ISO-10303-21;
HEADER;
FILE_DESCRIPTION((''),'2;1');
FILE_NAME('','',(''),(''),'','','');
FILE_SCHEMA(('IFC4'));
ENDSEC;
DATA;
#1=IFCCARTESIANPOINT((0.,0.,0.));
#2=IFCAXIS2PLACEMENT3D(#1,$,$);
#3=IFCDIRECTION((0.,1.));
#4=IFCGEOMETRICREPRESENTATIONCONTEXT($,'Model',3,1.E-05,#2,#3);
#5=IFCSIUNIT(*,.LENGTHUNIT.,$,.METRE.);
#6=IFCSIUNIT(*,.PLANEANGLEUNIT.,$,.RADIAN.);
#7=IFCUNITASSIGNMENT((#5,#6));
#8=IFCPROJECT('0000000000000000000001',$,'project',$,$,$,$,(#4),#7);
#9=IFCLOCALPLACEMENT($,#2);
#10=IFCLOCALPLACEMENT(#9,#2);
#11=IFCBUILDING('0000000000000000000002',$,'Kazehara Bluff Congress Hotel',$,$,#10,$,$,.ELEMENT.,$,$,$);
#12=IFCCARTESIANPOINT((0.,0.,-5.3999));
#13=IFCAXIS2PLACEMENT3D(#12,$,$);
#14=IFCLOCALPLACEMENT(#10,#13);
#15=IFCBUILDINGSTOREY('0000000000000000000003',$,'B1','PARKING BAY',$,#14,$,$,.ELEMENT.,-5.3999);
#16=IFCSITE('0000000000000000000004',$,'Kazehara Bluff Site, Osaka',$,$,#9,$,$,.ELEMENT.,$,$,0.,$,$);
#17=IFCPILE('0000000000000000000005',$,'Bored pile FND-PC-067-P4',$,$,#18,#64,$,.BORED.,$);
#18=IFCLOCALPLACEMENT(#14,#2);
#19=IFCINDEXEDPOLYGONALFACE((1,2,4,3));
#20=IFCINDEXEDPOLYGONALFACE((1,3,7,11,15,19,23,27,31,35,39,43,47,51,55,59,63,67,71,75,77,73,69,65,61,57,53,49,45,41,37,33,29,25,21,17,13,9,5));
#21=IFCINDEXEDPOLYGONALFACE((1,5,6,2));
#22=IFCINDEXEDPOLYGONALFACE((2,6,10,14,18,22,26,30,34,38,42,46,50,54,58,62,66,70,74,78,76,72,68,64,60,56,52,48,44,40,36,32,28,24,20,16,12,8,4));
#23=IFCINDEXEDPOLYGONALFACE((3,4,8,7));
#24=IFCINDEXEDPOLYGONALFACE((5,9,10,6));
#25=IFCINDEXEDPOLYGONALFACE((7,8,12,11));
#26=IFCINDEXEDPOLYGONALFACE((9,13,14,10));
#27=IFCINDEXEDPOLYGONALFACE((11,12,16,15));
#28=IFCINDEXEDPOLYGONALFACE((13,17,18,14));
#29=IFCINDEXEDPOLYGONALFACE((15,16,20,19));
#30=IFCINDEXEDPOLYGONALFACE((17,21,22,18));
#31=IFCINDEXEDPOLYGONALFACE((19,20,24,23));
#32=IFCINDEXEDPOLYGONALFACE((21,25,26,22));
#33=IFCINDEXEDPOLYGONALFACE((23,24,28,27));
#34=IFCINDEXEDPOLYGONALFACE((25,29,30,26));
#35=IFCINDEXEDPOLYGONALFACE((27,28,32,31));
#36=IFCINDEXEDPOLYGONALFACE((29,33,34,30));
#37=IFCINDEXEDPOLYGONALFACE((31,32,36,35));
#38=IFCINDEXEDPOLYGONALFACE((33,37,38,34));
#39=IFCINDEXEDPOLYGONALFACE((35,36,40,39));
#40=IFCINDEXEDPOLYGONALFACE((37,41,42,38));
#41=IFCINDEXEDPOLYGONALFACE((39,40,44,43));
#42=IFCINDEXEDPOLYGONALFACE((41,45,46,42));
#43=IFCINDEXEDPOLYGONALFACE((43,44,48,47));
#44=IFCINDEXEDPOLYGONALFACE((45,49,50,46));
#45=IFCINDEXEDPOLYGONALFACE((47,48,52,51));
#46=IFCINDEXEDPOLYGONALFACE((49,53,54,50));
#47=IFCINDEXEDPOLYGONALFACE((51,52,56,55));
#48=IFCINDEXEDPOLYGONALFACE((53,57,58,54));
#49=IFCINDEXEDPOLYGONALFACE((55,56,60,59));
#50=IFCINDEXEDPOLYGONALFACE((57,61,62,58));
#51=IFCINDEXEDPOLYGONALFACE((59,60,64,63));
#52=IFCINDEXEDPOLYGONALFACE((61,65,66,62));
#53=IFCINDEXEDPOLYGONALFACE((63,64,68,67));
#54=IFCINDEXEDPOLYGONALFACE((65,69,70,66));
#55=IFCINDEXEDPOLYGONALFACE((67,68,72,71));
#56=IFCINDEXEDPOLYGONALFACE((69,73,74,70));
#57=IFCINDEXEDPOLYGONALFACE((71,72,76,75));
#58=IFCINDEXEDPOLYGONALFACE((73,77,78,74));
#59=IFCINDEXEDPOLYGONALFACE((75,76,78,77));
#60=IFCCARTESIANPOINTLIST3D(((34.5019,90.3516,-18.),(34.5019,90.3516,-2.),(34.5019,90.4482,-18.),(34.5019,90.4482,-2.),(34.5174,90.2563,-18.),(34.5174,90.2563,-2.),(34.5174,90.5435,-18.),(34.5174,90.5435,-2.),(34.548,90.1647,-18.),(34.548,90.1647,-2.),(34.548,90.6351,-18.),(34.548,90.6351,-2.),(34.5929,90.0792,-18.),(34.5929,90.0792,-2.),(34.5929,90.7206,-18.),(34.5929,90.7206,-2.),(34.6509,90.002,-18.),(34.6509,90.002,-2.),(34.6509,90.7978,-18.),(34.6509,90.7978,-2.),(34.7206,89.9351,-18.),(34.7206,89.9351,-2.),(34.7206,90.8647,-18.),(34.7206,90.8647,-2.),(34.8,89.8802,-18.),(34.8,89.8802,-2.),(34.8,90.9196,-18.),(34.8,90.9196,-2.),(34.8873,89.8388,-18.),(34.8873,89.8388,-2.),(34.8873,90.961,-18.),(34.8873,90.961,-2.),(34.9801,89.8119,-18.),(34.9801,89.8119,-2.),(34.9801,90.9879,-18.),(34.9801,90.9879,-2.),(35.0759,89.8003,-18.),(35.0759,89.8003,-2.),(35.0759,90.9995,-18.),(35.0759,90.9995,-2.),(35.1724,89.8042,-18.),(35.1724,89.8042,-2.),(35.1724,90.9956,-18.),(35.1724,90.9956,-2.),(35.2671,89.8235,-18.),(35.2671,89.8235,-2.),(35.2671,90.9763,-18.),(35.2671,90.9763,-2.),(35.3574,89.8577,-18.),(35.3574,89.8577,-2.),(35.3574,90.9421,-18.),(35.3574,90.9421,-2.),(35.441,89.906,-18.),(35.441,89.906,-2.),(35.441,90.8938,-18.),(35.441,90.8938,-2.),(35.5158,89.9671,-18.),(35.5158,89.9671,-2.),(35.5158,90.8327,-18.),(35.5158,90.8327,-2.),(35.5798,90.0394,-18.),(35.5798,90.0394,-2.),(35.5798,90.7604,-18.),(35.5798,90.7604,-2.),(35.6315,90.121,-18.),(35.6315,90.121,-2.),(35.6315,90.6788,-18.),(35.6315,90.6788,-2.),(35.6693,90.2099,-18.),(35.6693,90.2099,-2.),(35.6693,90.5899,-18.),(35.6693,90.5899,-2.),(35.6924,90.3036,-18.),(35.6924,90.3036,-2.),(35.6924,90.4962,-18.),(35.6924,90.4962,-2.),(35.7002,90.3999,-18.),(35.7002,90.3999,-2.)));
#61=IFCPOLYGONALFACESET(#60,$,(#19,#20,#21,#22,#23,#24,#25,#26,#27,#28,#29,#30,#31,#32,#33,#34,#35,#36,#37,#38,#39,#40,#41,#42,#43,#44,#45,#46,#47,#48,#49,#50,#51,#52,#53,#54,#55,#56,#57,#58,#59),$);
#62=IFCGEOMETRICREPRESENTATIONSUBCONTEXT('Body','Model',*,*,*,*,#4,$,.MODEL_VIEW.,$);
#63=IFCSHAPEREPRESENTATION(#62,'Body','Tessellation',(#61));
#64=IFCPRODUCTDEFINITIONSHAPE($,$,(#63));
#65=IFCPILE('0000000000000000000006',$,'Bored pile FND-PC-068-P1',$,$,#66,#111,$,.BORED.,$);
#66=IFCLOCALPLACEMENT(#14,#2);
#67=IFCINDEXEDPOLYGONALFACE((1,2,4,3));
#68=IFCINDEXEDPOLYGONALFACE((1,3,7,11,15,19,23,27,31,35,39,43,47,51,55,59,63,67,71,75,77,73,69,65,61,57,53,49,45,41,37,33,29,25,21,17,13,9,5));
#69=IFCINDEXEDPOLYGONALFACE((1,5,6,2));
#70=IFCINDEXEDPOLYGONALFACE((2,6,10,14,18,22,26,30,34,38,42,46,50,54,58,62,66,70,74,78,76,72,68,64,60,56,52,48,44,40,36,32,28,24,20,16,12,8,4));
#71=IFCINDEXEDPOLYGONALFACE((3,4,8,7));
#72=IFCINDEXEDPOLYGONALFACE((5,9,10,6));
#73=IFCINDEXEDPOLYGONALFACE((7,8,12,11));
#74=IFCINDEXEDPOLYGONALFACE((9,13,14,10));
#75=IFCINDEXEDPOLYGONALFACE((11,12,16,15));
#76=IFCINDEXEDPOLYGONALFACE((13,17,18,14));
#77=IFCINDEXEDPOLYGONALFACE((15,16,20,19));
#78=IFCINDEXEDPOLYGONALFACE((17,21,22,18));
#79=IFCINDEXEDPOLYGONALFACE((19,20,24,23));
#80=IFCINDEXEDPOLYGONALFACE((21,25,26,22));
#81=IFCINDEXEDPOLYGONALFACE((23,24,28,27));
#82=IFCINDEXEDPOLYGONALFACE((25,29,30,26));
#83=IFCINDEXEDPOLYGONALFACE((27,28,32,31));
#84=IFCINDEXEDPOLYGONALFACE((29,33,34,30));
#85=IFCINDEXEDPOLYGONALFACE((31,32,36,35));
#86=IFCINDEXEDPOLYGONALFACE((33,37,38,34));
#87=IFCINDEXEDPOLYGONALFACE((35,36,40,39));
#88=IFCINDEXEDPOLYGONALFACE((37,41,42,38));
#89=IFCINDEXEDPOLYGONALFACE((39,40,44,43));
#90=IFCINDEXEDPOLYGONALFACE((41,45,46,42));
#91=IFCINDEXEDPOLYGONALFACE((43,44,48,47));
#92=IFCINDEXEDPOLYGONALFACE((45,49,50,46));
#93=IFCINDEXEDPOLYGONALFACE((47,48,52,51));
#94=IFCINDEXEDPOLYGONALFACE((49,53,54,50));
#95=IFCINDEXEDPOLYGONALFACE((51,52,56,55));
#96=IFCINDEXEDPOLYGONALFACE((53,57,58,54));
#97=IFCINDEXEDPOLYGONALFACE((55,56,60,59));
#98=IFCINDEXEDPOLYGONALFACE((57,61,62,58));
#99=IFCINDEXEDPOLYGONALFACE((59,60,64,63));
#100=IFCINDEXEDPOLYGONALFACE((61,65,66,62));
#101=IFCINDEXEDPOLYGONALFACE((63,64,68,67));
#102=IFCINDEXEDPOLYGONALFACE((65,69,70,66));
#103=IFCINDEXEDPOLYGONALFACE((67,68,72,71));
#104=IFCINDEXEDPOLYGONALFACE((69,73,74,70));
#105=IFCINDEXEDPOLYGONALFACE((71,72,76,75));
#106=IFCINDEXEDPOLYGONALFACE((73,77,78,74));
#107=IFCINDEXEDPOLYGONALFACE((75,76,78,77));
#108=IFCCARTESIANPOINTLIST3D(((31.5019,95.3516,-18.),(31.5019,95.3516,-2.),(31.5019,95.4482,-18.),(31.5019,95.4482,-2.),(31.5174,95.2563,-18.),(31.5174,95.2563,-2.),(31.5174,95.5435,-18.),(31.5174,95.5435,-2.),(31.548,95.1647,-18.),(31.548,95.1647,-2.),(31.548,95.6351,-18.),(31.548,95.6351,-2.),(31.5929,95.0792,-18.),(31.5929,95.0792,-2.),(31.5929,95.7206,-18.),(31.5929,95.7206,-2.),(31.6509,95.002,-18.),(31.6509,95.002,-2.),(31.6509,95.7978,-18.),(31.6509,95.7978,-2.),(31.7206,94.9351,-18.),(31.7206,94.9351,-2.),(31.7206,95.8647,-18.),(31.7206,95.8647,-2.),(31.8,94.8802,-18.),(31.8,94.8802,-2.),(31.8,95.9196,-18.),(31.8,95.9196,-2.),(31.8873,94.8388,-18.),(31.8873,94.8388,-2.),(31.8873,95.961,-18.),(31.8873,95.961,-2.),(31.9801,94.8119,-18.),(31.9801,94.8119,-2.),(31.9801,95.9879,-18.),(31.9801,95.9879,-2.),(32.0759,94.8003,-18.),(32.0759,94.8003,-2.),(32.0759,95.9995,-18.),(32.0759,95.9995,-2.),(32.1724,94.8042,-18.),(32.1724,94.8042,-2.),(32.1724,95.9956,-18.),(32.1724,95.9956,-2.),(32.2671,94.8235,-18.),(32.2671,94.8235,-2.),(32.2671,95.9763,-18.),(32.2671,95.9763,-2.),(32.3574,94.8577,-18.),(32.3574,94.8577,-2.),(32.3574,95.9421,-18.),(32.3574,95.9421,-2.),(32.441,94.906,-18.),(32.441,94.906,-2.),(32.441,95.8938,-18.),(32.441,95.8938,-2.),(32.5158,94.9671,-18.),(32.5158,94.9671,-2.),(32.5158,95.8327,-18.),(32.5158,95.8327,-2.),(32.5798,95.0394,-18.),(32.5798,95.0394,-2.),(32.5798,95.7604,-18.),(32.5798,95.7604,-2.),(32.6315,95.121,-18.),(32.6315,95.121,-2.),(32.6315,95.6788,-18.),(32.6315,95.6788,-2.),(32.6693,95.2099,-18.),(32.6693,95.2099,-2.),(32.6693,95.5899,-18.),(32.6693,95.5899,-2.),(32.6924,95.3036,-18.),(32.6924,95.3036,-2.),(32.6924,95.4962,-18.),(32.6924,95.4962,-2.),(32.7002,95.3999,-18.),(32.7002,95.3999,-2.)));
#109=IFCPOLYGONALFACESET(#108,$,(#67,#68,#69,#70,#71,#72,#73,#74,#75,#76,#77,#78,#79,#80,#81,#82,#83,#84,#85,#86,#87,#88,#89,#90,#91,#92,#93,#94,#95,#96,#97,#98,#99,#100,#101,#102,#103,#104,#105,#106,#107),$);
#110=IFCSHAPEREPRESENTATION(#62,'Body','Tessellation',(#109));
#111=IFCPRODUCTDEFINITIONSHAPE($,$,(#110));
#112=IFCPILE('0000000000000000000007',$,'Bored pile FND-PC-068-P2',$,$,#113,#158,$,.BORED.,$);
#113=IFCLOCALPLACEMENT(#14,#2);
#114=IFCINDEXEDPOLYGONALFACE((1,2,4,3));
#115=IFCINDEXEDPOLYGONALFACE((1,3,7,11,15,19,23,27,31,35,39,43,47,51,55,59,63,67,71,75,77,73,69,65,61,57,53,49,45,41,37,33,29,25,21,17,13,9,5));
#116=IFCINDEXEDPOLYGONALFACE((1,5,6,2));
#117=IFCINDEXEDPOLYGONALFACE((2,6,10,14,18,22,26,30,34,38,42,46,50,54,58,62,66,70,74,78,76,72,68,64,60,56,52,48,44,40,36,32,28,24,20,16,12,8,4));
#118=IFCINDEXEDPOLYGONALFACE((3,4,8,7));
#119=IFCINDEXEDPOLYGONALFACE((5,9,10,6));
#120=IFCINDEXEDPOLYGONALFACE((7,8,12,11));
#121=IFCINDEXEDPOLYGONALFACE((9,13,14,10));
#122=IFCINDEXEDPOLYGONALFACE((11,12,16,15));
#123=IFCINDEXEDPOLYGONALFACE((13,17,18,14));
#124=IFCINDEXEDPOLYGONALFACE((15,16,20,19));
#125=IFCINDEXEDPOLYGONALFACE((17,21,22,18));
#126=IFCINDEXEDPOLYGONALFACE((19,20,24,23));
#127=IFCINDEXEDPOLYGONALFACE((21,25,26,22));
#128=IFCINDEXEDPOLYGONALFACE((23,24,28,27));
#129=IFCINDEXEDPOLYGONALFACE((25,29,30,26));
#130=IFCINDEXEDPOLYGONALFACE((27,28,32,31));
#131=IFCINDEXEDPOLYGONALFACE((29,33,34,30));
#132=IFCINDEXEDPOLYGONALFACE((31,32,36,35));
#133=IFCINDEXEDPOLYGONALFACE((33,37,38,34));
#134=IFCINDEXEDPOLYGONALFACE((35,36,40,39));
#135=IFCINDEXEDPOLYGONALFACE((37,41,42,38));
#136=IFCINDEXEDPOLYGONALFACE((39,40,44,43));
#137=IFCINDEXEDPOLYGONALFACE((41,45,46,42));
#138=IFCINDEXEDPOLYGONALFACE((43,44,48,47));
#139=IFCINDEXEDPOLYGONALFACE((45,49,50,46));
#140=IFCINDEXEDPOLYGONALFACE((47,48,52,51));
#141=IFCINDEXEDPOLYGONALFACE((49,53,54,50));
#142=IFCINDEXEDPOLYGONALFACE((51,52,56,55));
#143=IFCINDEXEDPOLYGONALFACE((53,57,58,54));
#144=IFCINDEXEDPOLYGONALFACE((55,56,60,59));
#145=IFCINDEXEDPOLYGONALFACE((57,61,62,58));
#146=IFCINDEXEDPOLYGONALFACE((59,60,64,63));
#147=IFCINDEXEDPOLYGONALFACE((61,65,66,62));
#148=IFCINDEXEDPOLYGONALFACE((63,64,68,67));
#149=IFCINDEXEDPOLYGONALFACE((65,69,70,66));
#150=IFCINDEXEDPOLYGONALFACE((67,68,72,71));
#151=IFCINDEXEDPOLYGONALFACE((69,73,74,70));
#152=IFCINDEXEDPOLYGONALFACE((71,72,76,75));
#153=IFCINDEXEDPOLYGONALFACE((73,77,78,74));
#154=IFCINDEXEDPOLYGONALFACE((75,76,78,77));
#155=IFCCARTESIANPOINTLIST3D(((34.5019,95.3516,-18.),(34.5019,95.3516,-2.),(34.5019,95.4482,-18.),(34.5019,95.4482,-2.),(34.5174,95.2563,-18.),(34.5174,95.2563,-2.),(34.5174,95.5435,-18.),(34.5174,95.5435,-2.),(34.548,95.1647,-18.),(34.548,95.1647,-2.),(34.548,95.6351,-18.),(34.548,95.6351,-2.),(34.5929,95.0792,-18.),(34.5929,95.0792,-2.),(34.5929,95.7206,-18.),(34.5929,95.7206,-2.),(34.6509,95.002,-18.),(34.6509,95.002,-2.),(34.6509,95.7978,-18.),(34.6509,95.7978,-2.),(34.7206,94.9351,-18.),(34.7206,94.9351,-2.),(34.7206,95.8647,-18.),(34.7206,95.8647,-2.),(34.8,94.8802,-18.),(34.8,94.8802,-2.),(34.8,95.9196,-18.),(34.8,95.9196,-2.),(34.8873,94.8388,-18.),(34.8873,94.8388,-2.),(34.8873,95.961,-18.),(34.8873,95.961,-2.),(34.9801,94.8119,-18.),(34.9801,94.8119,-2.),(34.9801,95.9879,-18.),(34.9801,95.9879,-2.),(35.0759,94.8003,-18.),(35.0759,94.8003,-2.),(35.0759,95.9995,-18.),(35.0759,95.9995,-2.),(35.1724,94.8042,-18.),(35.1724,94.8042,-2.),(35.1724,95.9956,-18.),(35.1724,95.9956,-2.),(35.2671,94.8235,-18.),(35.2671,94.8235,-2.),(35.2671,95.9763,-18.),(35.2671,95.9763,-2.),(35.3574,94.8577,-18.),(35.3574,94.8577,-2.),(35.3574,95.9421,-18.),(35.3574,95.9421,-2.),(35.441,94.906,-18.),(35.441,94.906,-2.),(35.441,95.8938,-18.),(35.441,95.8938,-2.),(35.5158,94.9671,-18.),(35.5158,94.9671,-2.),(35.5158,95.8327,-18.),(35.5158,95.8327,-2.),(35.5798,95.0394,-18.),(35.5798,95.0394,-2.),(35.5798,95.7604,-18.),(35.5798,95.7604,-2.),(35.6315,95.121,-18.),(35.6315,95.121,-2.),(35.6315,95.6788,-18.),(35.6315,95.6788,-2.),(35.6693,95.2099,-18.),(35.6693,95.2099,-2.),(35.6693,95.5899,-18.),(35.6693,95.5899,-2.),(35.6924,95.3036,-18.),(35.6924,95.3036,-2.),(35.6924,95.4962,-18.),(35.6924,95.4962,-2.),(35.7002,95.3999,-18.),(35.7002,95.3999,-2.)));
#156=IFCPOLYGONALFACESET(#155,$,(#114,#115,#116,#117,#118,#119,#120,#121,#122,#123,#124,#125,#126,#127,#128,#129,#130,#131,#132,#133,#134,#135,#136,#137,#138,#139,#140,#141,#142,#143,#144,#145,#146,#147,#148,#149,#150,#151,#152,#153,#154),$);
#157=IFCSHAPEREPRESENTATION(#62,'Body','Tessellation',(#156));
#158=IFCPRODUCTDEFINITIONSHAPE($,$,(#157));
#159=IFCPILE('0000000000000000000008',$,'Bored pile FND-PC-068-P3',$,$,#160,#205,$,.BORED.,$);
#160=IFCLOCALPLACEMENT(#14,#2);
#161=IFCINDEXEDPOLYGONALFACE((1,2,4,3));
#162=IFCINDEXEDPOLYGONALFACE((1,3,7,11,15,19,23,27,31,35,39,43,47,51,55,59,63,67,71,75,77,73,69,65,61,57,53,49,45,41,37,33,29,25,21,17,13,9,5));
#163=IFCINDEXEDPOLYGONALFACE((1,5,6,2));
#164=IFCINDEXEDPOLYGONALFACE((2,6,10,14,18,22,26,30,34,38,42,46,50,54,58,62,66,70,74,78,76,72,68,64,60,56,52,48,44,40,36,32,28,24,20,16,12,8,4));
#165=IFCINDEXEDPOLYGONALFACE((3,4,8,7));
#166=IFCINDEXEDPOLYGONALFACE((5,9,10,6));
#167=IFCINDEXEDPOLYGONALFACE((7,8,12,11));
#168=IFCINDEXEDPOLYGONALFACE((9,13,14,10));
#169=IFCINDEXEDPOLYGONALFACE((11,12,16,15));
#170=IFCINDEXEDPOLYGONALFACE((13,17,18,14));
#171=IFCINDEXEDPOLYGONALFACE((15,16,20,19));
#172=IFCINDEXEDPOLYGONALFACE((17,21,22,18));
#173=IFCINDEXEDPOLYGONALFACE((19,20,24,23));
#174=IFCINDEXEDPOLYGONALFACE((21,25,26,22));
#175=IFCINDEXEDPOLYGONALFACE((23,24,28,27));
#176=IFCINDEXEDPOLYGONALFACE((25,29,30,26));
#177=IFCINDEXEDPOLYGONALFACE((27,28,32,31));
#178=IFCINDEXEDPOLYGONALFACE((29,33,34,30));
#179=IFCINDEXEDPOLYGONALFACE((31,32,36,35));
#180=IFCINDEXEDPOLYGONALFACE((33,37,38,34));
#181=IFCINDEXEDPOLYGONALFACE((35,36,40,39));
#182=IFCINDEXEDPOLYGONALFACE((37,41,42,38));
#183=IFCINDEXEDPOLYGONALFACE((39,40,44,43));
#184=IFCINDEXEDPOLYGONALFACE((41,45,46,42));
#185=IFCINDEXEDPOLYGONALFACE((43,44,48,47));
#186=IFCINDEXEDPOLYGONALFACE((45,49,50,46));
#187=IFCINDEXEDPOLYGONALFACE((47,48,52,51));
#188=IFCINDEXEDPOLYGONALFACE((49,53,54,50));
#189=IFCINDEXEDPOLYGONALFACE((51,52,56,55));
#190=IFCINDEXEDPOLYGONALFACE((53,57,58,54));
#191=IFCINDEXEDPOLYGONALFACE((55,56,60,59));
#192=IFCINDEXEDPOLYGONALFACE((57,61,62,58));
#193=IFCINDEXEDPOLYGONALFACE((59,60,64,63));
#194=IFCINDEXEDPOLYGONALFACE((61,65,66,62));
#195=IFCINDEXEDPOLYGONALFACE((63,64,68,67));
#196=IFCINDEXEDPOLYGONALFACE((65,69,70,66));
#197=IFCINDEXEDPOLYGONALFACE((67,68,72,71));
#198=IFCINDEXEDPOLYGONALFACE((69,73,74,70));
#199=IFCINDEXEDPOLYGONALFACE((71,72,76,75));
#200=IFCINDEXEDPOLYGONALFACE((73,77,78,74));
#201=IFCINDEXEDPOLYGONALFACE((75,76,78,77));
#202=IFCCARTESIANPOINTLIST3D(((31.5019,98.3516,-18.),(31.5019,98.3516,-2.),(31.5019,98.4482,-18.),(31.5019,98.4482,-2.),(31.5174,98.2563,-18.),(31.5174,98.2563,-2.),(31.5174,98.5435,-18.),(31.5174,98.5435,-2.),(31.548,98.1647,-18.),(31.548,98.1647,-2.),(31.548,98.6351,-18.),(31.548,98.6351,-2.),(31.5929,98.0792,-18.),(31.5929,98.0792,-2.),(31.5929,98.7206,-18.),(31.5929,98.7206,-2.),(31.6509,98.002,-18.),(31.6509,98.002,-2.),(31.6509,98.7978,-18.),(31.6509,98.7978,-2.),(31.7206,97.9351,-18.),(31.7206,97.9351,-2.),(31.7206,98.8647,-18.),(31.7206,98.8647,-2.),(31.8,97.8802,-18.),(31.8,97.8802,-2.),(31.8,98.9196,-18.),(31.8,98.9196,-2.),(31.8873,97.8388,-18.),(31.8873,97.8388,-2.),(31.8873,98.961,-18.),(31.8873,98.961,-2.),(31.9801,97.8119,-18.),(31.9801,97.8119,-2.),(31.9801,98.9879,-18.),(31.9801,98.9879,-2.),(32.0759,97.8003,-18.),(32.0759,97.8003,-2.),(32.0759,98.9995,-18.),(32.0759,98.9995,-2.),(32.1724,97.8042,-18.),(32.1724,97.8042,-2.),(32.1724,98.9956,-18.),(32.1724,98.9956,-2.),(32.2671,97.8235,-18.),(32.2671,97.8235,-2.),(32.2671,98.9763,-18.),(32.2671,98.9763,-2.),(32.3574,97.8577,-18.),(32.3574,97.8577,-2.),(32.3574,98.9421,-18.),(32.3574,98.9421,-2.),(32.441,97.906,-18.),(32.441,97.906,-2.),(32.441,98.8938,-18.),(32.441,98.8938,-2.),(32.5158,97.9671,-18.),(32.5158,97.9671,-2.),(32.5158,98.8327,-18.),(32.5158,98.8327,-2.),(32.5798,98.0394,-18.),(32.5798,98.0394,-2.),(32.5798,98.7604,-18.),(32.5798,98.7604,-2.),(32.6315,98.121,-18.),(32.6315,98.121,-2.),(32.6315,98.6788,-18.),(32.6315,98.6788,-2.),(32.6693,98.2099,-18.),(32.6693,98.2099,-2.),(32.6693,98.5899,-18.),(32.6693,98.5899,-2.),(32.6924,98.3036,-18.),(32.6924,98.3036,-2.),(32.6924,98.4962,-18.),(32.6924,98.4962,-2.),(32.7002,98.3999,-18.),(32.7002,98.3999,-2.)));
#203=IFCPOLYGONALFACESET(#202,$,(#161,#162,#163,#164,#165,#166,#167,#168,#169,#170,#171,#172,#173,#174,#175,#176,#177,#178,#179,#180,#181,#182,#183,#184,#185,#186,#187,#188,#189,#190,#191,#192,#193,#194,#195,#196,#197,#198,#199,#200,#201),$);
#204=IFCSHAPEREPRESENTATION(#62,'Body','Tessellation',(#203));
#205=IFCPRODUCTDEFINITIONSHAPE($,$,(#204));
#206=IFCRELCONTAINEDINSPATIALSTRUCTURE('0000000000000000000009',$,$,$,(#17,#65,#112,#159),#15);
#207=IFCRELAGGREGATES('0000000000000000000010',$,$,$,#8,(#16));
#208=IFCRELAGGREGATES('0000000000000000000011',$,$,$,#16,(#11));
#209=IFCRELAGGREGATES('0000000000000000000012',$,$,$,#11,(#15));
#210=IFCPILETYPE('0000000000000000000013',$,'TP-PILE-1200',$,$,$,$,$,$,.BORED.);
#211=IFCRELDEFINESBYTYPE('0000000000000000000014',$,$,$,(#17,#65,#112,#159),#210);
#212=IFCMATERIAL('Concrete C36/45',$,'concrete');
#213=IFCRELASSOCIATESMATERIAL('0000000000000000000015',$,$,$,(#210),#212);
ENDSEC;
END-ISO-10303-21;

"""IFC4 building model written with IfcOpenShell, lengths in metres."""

from ifc_helpers import new_model, si_unit, direction, frame, origin, origin_2d, place, context, subcontext, project, spatial, circle, extrude, material, material_profile, profile_set, type_object, element, save


model = new_model("IFC4")

# Units and contexts
model_context = context("Model", 3, precision=1e-05, world=origin(), true_north=direction((0.0, 1.0)))
body_context = subcontext(model_context, "Body", "Model", "MODEL_VIEW")
ifc_project = project(units=[si_unit("LENGTHUNIT", "METRE"), si_unit("PLANEANGLEUNIT", "RADIAN")], contexts=[model_context])

# Site, building, storey
site_placement = place(None, origin())
site = spatial("IfcSite", under=ifc_project, at=site_placement, Name="Kazehara Bluff Site, Osaka", CompositionType="ELEMENT", RefElevation=0.0)
building_placement = place(site_placement, origin())
building = spatial("IfcBuilding", under=site, at=building_placement, Name="Kazehara Bluff Congress Hotel", CompositionType="ELEMENT")
storey_placement = place(building_placement, frame((0.0, 0.0, -5.3999)))
storey = spatial("IfcBuildingStorey", under=building, at=storey_placement, Name="B1", Description="PARKING BAY", CompositionType="ELEMENT", Elevation=-5.3999)

# Piles
ifc_material_1 = material(Name="Concrete C36/45", Category="concrete")
ifc_material_profile_1 = material_profile(ifc_material_1, circle(Radius=0.6001, at=origin_2d()))
ifc_profile_set_1 = profile_set([ifc_material_profile_1], Name="Concrete C36/45")
pile_type = type_object("IfcPileType", Name="TP-PILE-1200", PredefinedType="BORED", material=ifc_profile_set_1)
for number, where, z_axis, x_axis, name in (
    (1, (35.1001, 90.3999, -2.0), (0.0, 0.0, -1.0), (1.0, 0.0, 0.0), "Bored pile FND-PC-067-P4"),
    (2, (32.1001, 95.3999, -2.0), (0.0, 0.0, -1.0), (1.0, 0.0, 0.0), "Bored pile FND-PC-068-P1"),
    (3, (35.1001, 95.3999, -2.0), (0.0, 0.0, -1.0), (1.0, 0.0, 0.0), "Bored pile FND-PC-068-P2"),
    (4, (32.1001, 98.3999, -2.0), (0.0, 0.0, -1.0), (1.0, 0.0, 0.0), "Bored pile FND-PC-068-P3"),
):
    element("IfcPile", number, at=place(storey_placement, frame(where, z_axis=z_axis, x_axis=x_axis)), inside=storey, type_object=pile_type, Name=name, PredefinedType="BORED", context=body_context, shape_type="SweptSolid", body=[
        extrude(circle(Radius=0.6001, at=origin_2d()), origin(), (0.0, 0.0, 1.0), 16.0),
    ])

save(model, "model.ifc")
